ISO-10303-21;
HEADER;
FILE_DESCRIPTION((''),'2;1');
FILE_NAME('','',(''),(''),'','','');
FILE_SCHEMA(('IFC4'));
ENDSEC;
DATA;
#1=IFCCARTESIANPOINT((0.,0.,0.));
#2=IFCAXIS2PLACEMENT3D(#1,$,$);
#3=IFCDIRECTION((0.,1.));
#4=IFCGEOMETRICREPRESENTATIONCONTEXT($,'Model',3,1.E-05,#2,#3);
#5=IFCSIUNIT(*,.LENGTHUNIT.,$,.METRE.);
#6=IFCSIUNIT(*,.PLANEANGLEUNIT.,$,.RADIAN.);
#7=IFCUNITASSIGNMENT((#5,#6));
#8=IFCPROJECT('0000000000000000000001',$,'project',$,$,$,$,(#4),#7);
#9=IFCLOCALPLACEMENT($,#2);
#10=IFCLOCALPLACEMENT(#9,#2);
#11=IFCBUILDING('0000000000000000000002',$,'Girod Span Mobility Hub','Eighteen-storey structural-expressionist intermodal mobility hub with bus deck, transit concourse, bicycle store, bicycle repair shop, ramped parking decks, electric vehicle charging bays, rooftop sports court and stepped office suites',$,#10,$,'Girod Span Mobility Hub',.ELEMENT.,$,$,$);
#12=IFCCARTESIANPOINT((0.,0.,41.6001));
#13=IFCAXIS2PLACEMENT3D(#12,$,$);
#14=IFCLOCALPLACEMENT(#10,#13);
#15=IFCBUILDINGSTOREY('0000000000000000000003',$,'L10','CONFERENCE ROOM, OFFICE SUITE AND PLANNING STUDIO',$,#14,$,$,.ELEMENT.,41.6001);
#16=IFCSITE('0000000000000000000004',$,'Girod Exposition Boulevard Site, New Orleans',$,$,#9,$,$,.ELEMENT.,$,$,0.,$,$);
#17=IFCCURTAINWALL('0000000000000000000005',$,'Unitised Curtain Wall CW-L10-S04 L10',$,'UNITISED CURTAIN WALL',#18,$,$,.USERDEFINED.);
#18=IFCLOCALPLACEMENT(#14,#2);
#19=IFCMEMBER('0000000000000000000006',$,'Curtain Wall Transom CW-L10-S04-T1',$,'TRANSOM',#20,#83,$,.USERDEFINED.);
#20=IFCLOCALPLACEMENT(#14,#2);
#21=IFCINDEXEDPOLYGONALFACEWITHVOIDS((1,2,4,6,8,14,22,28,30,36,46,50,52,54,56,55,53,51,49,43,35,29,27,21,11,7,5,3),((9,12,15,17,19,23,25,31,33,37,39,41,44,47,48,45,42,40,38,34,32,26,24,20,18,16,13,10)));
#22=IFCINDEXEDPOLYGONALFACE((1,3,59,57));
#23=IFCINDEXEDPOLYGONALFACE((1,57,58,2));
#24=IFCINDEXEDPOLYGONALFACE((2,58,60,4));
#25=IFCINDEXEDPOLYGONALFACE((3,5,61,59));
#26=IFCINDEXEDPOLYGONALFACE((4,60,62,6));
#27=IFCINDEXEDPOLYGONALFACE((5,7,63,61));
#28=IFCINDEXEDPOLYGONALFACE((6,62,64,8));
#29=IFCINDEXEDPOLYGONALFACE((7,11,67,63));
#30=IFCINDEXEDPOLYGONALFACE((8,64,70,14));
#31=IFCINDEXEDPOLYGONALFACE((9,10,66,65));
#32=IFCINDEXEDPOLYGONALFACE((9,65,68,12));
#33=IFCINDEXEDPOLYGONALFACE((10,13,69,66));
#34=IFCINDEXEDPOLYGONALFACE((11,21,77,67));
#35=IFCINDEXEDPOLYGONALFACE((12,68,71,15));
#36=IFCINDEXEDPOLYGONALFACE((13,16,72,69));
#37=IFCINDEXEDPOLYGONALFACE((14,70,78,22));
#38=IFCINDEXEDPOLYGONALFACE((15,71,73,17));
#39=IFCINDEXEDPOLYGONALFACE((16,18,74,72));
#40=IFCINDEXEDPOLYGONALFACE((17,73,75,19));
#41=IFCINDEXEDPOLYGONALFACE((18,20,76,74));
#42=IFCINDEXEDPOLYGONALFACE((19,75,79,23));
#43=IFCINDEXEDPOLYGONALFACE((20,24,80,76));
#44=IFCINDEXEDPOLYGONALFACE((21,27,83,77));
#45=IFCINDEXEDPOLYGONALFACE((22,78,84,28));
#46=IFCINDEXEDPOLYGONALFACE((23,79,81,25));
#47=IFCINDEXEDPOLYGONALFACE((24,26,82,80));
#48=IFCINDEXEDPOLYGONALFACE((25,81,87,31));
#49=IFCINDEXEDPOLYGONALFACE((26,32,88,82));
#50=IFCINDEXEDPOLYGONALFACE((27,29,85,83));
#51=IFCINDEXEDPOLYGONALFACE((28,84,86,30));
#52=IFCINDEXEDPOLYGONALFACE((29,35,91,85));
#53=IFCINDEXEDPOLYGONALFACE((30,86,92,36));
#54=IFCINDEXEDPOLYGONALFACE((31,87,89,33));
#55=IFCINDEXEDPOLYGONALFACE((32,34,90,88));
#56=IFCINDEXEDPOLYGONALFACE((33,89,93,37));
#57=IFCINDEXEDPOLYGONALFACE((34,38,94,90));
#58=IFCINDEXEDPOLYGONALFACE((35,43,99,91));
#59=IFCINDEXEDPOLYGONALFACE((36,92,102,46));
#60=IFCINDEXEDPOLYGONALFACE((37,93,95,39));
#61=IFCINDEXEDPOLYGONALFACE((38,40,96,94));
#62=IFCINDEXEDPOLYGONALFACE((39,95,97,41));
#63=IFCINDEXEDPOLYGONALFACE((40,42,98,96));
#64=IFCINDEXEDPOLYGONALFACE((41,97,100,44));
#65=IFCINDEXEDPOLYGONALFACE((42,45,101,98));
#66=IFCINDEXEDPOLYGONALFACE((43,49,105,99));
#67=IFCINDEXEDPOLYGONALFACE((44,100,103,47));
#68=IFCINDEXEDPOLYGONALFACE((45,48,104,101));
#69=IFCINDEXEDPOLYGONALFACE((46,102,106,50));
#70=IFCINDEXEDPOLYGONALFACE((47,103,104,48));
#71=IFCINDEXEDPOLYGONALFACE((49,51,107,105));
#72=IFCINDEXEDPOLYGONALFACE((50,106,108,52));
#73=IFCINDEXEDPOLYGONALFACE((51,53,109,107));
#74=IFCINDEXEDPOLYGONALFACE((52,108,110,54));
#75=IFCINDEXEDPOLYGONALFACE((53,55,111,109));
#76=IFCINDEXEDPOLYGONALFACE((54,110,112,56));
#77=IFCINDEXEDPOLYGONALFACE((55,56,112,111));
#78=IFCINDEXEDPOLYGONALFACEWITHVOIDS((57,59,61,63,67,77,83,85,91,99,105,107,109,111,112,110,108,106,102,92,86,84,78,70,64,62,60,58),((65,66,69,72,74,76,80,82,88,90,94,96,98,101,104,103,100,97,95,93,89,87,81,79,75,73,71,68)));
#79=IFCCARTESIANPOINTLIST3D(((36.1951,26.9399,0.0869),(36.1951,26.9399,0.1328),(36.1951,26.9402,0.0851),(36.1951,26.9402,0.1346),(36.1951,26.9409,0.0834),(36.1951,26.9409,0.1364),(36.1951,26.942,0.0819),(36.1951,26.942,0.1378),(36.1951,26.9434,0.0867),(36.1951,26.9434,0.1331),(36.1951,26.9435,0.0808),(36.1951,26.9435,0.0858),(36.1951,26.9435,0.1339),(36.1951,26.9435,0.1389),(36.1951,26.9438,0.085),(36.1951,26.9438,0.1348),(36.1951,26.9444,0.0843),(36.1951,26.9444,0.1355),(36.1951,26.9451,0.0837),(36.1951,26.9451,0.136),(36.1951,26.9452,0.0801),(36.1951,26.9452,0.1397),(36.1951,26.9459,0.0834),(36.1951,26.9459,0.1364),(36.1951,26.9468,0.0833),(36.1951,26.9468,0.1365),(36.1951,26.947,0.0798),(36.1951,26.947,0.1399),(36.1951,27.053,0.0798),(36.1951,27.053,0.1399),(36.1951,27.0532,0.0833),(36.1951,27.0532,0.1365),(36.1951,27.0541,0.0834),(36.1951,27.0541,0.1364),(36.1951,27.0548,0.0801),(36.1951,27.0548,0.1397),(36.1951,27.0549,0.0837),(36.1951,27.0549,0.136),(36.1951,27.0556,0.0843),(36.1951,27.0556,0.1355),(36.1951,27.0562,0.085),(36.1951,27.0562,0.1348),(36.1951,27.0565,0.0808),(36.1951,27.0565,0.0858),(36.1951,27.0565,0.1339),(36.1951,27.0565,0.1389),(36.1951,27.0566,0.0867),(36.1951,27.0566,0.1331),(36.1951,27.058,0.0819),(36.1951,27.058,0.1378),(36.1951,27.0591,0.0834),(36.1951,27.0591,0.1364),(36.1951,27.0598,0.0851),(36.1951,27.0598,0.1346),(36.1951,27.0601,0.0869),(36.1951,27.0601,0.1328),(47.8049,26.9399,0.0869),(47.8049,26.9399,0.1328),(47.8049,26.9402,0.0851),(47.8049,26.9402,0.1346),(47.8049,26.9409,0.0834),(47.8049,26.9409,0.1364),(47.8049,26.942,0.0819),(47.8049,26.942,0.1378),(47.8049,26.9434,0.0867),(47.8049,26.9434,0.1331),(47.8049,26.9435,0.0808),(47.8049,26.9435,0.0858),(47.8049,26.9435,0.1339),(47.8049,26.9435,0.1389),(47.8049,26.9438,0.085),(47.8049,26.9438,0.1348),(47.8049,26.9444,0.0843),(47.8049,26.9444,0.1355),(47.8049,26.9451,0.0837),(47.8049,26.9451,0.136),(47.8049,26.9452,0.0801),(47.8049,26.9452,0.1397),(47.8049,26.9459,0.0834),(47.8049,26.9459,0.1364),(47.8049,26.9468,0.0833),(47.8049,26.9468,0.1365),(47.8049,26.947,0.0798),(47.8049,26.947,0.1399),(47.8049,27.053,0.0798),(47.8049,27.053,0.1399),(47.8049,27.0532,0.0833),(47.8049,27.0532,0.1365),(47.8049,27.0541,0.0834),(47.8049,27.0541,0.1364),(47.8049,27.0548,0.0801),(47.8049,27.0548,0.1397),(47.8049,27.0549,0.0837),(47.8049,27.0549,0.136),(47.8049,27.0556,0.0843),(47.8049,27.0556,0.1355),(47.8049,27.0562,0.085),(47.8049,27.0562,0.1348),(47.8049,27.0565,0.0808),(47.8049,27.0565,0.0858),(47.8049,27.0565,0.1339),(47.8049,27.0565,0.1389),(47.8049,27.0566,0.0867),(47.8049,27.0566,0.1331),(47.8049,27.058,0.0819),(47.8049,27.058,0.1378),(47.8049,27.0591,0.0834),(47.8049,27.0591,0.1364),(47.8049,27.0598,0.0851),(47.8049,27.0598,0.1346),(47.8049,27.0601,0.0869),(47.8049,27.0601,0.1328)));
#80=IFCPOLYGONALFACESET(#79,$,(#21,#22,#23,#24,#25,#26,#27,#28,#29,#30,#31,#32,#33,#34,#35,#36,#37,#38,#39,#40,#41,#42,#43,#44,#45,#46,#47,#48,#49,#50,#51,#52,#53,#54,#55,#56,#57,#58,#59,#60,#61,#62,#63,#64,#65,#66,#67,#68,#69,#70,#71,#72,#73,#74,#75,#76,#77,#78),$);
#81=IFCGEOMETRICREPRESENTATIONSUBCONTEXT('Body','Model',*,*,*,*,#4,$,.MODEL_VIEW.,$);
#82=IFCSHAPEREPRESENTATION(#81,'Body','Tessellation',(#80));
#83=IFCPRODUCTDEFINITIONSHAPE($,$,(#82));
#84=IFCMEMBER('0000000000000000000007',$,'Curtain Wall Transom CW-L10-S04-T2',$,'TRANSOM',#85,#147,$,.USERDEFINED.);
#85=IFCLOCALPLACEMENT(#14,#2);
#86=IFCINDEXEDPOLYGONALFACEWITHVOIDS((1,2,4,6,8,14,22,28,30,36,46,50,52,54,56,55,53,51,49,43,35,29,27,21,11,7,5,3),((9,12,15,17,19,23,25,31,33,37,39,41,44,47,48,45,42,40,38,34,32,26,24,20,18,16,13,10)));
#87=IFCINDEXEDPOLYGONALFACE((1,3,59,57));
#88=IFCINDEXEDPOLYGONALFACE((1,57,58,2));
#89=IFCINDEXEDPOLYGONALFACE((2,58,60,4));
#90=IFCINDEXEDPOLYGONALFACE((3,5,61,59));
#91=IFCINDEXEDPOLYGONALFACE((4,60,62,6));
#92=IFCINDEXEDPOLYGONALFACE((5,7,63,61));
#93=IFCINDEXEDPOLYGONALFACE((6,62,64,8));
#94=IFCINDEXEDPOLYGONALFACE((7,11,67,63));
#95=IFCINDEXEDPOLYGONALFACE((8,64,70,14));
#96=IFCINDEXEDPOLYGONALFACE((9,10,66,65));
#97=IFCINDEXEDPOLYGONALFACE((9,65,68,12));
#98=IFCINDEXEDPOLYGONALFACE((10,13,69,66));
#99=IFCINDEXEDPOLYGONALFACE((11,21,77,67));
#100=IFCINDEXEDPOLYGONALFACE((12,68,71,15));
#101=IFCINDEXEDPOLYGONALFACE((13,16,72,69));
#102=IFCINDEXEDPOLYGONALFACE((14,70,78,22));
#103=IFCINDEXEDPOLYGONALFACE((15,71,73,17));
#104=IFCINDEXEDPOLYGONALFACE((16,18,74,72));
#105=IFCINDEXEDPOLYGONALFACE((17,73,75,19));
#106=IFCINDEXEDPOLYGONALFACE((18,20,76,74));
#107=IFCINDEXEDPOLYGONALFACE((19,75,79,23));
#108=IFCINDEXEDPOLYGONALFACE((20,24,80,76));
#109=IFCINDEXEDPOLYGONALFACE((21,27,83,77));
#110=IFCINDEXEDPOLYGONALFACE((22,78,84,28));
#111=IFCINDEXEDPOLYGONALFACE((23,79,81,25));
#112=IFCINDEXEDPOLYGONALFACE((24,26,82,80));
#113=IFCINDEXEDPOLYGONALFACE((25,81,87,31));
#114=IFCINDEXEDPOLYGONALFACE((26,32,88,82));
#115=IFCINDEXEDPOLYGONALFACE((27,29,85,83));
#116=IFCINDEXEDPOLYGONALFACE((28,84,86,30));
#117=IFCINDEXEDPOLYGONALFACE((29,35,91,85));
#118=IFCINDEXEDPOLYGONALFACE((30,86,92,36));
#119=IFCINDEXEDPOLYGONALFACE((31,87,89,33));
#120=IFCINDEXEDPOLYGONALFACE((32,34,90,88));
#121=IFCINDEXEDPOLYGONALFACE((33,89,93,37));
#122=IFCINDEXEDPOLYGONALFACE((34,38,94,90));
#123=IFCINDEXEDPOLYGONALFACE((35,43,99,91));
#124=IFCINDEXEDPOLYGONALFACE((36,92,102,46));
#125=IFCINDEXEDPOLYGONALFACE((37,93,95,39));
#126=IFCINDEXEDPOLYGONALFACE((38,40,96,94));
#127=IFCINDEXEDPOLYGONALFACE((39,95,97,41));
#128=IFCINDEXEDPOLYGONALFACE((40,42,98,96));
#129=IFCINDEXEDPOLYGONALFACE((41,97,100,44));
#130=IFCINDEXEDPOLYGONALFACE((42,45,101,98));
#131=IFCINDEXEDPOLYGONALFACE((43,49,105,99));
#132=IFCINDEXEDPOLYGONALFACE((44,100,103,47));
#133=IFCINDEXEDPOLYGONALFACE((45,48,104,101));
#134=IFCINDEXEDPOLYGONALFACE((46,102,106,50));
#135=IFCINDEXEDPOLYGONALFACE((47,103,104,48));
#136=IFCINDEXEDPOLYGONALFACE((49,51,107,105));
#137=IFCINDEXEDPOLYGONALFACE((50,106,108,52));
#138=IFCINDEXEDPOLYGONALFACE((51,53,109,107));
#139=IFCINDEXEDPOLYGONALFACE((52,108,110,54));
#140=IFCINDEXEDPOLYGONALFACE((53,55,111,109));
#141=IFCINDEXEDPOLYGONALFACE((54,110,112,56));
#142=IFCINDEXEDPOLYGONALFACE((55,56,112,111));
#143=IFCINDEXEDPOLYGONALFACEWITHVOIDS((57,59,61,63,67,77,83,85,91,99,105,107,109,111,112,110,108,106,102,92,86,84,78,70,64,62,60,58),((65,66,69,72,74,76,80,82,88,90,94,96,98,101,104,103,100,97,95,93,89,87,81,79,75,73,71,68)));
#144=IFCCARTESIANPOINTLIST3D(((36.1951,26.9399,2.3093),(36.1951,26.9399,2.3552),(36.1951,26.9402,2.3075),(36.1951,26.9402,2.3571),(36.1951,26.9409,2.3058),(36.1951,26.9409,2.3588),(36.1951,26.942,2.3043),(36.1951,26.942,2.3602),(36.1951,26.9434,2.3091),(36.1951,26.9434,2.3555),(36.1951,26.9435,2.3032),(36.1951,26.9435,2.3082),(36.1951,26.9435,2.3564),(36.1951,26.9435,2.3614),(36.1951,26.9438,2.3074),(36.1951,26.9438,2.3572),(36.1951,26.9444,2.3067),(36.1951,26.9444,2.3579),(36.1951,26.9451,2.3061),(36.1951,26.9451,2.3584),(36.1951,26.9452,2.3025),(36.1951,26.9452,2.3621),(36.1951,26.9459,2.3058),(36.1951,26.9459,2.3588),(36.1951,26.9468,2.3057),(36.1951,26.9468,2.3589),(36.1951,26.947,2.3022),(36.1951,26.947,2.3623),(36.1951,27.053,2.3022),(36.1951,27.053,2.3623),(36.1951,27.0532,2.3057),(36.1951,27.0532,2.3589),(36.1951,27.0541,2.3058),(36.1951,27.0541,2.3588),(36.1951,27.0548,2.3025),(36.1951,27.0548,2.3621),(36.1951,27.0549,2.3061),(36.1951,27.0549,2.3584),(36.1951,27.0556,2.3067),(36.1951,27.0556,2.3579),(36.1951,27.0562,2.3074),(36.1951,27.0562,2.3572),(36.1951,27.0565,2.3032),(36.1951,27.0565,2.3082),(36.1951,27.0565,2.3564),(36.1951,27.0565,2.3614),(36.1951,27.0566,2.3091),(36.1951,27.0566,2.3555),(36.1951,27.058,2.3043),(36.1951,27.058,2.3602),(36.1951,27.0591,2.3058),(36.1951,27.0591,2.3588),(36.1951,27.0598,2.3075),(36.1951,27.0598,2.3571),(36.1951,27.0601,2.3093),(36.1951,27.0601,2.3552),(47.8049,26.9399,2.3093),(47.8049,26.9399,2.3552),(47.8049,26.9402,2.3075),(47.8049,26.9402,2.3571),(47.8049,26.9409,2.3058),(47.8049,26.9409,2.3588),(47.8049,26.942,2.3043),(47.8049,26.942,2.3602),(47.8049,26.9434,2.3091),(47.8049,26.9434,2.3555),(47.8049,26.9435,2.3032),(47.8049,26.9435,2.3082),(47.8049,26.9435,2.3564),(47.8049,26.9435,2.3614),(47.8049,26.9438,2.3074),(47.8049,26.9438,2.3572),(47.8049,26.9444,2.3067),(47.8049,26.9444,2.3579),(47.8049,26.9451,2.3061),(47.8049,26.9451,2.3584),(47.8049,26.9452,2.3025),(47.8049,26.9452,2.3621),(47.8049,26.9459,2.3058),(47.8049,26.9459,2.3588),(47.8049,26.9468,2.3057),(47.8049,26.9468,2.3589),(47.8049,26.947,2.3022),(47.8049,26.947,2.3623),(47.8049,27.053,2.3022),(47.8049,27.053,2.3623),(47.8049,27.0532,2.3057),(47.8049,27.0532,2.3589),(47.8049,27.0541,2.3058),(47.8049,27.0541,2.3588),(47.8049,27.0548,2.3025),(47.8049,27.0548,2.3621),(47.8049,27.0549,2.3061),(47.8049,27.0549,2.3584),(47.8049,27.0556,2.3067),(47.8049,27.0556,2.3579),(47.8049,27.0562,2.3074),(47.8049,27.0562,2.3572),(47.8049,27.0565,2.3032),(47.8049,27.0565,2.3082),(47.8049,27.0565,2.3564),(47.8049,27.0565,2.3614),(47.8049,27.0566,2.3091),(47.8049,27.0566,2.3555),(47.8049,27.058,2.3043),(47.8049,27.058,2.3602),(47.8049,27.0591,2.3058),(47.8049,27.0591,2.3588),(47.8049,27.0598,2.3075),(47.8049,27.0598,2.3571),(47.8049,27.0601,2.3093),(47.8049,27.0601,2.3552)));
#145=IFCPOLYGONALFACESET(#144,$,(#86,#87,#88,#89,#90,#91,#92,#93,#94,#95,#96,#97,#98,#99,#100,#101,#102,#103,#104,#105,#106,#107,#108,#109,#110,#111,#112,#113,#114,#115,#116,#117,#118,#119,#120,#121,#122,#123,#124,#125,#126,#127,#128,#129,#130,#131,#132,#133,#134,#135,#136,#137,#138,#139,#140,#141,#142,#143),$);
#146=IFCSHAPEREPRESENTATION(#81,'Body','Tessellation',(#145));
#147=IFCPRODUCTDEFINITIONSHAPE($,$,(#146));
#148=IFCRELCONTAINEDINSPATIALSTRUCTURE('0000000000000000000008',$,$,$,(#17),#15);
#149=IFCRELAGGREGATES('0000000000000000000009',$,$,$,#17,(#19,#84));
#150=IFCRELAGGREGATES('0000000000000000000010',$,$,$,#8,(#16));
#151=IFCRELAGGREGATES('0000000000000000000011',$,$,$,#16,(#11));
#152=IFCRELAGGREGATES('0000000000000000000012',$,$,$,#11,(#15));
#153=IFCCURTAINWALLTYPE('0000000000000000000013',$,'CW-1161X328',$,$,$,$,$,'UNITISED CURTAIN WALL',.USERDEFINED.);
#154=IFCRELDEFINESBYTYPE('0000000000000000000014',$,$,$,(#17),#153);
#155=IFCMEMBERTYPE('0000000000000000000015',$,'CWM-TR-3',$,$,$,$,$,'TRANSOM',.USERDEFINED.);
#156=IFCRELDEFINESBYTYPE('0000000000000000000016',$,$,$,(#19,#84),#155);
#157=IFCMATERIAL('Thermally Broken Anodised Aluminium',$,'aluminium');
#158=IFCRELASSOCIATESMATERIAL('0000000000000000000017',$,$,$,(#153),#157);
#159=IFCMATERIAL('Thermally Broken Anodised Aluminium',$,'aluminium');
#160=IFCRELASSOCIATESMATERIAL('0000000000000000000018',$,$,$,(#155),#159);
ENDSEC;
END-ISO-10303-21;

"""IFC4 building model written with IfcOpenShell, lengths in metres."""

from ifc_helpers import new_model, si_unit, direction, frame, origin, origin_2d, place, context, subcontext, project, spatial, hollow_rectangle, extrude, material, material_profile, profile_set, type_object, element, aggregate, save


model = new_model("IFC4")

# Units and contexts
model_context = context("Model", 3, precision=1e-05, world=origin(), true_north=direction((0.0, 1.0)))
body_context = subcontext(model_context, "Body", "Model", "MODEL_VIEW")
ifc_project = project(units=[si_unit("LENGTHUNIT", "METRE"), si_unit("PLANEANGLEUNIT", "RADIAN")], contexts=[model_context])

# Site, building, storey
site_placement = place(None, origin())
site = spatial("IfcSite", under=ifc_project, at=site_placement, Name="Girod Exposition Boulevard Site, New Orleans", CompositionType="ELEMENT", RefElevation=0.0)
building_placement = place(site_placement, origin())
building = spatial("IfcBuilding", under=site, at=building_placement, Name="Girod Span Mobility Hub", Description="Eighteen-storey structural-expressionist intermodal mobility hub with bus deck, transit concourse, bicycle store, bicycle repair shop, ramped parking decks, electric vehicle charging bays, rooftop sports court and stepped office suites", LongName="Girod Span Mobility Hub", CompositionType="ELEMENT")
storey_placement = place(building_placement, frame((0.0, 0.0, 41.6001)))
storey = spatial("IfcBuildingStorey", under=building, at=storey_placement, Name="L10", Description="CONFERENCE ROOM, OFFICE SUITE AND PLANNING STUDIO", CompositionType="ELEMENT", Elevation=41.6001)

# Curtain wall, members
ifc_material_1 = material(Name="Thermally Broken Anodised Aluminium", Category="aluminium")
curtain_wall_type = type_object("IfcCurtainWallType", Name="CW-1161X328", ElementType="UNITISED CURTAIN WALL", PredefinedType="USERDEFINED", material=ifc_material_1)
curtain_wall_placement = place(storey_placement, origin())
curtain_wall = element("IfcCurtainWall", 1, at=curtain_wall_placement, inside=storey, type_object=curtain_wall_type, Name="Unitised Curtain Wall CW-L10-S04 L10", ObjectType="UNITISED CURTAIN WALL", PredefinedType="USERDEFINED")
ifc_material_2 = material(Name="Thermally Broken Anodised Aluminium", Category="aluminium")
ifc_material_profile_1 = material_profile(ifc_material_2, hollow_rectangle(XDim=0.1201, YDim=0.0601, WallThickness=0.0034, InnerFilletRadius=0.0034, OuterFilletRadius=0.0071, at=origin_2d()), Name="CW-TR-60X120")
ifc_profile_set_1 = profile_set([ifc_material_profile_1], Name="Thermally Broken Anodised Aluminium")
member_type_1 = type_object("IfcMemberType", Name="CWM-TR-3", ElementType="TRANSOM", PredefinedType="USERDEFINED", material=ifc_profile_set_1)
member_1_placement = place(storey_placement, frame((36.1951, 27.0, 0.1099), z_axis=(1.0, 0.0, 0.0), x_axis=(0.0, 1.0, 0.0)))
member_1 = element("IfcMember", 2, at=member_1_placement, type_object=member_type_1, Name="Curtain Wall Transom CW-L10-S04-T1", ObjectType="TRANSOM", PredefinedType="USERDEFINED", context=body_context, shape_type="SweptSolid", body=[
    extrude(hollow_rectangle(XDim=0.1201, YDim=0.0601, WallThickness=0.0034, InnerFilletRadius=0.0034, OuterFilletRadius=0.0071, at=origin_2d()), origin(), (0.0, 0.0, 1.0), 11.6099),
])
member_2_placement = place(storey_placement, frame((36.1951, 27.0, 2.3323), z_axis=(1.0, 0.0, 0.0), x_axis=(0.0, 1.0, 0.0)))
member_2 = element("IfcMember", 3, at=member_2_placement, type_object=member_type_1, Name="Curtain Wall Transom CW-L10-S04-T2", ObjectType="TRANSOM", PredefinedType="USERDEFINED", context=body_context, shape_type="SweptSolid", body=[
    extrude(hollow_rectangle(XDim=0.1201, YDim=0.0601, WallThickness=0.0034, InnerFilletRadius=0.0034, OuterFilletRadius=0.0071, at=origin_2d()), origin(), (0.0, 0.0, 1.0), 11.6099),
])
aggregate(curtain_wall, [member_1, member_2])

save(model, "model.ifc")
